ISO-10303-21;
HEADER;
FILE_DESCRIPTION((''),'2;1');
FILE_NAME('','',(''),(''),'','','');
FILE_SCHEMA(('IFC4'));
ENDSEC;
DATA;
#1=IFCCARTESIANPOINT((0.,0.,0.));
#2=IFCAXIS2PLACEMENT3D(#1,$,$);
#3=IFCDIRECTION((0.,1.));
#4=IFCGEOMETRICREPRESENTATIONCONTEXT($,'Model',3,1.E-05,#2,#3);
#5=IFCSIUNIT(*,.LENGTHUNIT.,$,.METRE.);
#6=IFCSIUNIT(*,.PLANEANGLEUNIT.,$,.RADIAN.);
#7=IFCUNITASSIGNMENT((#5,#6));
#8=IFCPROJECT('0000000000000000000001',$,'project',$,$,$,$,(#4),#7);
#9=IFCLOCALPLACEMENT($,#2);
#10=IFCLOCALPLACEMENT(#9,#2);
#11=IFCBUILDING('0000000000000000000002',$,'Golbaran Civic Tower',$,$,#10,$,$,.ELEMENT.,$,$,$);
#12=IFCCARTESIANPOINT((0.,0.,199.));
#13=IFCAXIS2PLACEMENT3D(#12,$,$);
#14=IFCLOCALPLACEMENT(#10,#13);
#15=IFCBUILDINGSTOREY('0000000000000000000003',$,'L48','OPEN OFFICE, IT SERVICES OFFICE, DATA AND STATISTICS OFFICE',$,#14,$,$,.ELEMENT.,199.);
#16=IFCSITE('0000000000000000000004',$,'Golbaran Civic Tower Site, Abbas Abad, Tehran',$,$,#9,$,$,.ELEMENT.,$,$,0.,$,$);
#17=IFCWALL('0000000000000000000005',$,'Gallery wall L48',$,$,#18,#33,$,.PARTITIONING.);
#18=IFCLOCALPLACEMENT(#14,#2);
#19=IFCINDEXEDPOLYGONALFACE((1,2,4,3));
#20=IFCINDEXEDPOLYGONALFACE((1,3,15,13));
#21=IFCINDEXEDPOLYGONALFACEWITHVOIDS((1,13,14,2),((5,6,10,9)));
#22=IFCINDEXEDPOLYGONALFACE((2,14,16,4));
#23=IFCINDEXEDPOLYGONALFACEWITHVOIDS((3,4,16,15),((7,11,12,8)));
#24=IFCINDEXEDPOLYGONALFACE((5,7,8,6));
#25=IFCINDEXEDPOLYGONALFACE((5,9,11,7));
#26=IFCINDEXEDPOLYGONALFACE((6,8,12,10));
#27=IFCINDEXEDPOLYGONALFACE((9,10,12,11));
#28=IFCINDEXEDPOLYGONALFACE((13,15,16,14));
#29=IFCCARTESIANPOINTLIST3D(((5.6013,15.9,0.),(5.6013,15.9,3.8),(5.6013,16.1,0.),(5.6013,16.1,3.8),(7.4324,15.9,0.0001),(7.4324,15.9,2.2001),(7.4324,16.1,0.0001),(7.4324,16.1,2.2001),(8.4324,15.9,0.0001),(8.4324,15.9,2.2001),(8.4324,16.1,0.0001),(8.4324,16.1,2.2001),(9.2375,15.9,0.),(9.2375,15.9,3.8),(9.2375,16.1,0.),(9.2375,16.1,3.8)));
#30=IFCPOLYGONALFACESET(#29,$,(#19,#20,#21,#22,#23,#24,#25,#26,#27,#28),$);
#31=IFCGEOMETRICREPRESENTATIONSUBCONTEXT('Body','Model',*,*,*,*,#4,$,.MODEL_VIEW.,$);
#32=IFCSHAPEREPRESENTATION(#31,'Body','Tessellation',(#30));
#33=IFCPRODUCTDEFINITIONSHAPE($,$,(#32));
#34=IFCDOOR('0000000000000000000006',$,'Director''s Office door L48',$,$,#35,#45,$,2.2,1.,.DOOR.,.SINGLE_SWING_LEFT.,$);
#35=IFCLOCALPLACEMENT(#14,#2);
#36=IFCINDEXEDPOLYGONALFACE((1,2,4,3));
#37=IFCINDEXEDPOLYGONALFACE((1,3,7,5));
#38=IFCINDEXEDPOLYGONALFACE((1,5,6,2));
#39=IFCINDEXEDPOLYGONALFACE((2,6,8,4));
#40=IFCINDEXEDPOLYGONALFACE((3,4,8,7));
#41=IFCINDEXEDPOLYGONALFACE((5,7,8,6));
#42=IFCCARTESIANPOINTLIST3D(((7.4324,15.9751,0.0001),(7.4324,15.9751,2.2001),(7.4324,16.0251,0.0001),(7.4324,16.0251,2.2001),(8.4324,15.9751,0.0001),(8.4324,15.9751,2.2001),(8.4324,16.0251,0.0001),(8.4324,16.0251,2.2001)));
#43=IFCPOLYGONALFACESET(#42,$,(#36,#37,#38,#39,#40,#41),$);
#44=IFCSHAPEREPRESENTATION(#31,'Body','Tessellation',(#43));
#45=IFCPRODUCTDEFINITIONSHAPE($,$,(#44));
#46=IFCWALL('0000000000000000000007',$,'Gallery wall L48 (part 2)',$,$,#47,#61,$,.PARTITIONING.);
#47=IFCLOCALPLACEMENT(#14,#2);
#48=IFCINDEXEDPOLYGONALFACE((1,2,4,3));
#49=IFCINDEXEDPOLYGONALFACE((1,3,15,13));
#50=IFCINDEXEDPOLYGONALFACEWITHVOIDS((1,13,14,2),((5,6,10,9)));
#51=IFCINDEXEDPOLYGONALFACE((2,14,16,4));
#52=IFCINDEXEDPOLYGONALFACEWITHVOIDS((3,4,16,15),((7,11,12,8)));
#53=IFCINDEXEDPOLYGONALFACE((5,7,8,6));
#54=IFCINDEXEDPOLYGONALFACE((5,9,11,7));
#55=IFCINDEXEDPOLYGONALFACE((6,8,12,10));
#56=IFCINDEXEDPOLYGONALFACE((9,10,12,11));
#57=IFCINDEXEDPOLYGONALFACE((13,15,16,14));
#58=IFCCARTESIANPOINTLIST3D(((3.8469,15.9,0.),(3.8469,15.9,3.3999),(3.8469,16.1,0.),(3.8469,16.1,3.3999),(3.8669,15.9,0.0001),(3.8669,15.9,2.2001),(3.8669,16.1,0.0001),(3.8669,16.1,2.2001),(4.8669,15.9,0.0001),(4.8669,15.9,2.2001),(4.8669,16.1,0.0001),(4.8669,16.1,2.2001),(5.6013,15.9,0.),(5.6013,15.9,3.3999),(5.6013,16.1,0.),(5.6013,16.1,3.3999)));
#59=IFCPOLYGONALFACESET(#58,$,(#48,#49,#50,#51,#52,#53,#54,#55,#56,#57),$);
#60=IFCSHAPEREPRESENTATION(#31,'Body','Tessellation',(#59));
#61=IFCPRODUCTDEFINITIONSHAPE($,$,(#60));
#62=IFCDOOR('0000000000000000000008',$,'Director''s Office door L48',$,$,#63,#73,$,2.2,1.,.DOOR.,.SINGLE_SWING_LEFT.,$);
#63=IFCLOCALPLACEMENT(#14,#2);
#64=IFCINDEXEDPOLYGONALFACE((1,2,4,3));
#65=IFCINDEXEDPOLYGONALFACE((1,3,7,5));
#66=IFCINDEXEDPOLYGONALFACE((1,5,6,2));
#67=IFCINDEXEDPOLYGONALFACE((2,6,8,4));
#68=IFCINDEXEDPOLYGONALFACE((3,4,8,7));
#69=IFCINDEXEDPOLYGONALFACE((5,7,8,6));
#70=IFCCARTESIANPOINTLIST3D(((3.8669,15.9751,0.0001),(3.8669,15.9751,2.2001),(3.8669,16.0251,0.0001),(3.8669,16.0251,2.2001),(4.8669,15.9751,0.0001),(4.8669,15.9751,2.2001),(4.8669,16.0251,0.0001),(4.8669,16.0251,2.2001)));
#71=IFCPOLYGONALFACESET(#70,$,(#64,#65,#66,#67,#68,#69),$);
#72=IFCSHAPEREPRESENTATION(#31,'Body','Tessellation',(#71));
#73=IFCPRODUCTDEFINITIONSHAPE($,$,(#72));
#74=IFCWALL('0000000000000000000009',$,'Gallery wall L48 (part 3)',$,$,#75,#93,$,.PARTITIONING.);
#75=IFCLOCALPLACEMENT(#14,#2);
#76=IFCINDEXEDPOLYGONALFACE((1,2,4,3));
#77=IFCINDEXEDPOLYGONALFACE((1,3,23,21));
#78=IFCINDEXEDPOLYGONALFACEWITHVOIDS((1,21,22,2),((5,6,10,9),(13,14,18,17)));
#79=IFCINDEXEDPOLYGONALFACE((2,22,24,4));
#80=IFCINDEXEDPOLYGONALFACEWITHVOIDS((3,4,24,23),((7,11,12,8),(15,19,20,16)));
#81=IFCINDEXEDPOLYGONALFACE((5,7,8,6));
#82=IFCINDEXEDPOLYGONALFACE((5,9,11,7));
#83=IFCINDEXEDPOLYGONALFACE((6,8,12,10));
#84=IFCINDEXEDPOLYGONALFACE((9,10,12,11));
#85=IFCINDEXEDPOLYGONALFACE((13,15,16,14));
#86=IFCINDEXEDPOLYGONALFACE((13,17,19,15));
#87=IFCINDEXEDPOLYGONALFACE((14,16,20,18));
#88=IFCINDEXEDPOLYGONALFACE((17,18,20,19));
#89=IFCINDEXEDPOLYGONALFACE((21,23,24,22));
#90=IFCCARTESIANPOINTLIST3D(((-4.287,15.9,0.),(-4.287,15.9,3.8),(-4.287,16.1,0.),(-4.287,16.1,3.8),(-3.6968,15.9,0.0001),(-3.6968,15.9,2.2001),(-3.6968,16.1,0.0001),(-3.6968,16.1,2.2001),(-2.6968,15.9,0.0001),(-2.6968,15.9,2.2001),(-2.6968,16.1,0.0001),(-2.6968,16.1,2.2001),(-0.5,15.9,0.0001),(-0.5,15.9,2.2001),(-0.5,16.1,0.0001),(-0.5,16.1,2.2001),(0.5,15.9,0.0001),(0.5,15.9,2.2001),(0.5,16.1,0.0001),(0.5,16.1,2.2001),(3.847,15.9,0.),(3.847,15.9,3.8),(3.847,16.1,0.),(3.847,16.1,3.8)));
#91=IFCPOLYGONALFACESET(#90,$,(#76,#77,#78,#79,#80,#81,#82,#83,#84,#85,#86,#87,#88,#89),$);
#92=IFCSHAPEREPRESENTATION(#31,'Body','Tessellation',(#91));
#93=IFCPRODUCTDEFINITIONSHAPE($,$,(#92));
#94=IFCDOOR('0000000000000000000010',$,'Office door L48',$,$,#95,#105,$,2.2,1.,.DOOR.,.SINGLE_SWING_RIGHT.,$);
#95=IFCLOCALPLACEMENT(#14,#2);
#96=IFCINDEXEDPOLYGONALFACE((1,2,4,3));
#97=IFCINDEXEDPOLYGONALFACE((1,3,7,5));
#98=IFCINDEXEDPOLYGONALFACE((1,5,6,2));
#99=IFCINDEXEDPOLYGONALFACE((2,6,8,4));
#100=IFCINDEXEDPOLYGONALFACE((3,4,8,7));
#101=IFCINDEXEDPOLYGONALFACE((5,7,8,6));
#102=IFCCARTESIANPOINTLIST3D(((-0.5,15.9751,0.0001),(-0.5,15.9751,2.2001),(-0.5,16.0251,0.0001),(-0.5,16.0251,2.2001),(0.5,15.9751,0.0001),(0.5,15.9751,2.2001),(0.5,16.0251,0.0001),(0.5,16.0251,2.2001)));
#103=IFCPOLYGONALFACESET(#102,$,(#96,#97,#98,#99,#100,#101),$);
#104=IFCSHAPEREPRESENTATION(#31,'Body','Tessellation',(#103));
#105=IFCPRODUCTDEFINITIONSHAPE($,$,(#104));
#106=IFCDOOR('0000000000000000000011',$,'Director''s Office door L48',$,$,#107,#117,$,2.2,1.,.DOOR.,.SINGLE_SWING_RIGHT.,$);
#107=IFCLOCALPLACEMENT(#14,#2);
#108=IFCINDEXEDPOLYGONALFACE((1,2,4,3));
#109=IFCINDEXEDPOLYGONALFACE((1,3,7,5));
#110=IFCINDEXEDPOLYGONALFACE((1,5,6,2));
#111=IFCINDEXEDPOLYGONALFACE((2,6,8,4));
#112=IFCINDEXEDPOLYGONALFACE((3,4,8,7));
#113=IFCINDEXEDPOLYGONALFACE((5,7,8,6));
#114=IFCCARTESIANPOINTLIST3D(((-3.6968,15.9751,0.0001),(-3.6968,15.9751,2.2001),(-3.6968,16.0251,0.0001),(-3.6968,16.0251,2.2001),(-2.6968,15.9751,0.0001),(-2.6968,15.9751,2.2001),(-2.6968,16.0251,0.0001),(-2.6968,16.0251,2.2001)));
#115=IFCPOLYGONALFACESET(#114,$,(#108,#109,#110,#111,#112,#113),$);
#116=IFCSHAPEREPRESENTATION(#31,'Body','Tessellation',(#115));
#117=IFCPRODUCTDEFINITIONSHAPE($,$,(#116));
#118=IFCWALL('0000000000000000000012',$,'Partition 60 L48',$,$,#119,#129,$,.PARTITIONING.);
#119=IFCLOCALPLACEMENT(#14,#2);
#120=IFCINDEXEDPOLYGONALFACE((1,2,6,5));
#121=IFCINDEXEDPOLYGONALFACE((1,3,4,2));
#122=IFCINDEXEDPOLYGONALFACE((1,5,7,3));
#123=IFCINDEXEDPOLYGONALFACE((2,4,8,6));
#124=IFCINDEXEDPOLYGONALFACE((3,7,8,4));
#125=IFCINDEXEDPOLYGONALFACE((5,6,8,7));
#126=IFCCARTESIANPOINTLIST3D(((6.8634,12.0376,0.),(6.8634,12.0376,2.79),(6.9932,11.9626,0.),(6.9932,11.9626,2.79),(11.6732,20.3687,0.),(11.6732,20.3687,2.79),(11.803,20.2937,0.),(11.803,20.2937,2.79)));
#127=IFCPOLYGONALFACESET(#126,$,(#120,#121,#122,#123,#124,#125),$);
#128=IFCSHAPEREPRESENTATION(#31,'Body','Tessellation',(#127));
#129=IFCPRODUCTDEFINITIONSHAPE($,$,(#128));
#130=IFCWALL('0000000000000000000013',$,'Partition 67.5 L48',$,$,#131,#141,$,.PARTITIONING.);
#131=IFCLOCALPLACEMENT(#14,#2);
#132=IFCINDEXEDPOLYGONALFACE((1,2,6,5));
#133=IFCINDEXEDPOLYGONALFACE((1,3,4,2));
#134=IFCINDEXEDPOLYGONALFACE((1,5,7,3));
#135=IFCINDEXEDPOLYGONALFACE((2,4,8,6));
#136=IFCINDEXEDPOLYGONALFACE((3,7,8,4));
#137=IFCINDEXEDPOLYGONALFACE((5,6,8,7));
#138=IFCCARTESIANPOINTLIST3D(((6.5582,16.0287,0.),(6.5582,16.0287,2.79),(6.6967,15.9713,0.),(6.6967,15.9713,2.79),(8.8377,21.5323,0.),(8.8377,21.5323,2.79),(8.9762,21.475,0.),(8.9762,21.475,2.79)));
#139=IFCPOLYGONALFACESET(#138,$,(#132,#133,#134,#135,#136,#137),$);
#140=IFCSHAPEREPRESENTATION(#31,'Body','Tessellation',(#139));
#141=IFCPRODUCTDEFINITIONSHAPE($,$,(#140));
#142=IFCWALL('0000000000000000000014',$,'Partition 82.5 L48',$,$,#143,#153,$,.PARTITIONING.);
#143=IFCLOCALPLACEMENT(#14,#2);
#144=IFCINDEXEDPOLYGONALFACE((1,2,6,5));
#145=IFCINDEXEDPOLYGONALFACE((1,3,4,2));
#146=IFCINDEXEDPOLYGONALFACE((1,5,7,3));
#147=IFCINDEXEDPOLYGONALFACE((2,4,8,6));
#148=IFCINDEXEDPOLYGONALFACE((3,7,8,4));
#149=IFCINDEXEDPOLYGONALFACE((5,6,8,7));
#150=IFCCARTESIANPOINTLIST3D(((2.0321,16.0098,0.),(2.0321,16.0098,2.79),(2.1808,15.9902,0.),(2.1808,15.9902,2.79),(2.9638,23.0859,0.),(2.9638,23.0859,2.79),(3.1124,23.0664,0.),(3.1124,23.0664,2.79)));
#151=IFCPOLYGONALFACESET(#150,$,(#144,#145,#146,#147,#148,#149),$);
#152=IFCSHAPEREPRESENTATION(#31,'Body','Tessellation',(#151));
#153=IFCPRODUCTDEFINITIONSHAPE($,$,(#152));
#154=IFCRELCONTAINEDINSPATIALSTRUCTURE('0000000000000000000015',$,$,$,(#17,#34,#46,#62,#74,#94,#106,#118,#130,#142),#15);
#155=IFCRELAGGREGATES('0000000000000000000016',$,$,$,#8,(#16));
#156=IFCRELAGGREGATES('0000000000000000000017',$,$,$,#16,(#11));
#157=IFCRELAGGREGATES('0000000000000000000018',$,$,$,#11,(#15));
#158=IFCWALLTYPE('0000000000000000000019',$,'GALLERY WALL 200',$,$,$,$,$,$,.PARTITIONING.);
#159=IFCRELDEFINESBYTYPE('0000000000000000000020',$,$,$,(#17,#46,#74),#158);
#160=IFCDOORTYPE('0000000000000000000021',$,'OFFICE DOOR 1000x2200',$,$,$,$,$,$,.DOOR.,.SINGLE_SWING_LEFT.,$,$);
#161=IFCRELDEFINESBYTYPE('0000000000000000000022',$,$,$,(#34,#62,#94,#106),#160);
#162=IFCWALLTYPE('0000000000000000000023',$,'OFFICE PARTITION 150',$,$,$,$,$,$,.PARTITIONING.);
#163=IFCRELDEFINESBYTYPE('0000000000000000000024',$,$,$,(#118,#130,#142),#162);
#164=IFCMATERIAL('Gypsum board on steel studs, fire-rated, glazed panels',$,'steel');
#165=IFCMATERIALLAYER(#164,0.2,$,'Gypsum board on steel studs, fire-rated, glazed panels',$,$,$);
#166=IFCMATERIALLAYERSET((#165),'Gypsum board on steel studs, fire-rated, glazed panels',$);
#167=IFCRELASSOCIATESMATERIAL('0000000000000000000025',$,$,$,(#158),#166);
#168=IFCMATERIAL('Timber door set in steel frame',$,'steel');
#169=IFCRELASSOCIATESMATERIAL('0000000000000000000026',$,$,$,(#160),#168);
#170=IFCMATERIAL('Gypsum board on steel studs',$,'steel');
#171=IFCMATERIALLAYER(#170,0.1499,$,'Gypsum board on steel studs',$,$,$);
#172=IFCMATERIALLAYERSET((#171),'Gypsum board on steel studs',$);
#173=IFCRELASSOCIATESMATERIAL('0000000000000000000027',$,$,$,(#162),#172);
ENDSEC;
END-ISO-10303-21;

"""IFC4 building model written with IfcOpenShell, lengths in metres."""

from ifc_helpers import new_model, si_unit, direction, frame, frame_2d, origin, place, context, subcontext, project, spatial, rectangle, extrude, material, layer, layer_set, type_object, element, fill, save


model = new_model("IFC4")

# Units and contexts
model_context = context("Model", 3, precision=1e-05, world=origin(), true_north=direction((0.0, 1.0)))
body_context = subcontext(model_context, "Body", "Model", "MODEL_VIEW")
ifc_project = project(units=[si_unit("LENGTHUNIT", "METRE"), si_unit("PLANEANGLEUNIT", "RADIAN")], contexts=[model_context])

# Site, building, storey
site_placement = place(None, origin())
site = spatial("IfcSite", under=ifc_project, at=site_placement, Name="Golbaran Civic Tower Site, Abbas Abad, Tehran", CompositionType="ELEMENT", RefElevation=0.0)
building_placement = place(site_placement, origin())
building = spatial("IfcBuilding", under=site, at=building_placement, Name="Golbaran Civic Tower", CompositionType="ELEMENT")
storey_placement = place(building_placement, frame((0.0, 0.0, 199.0)))
storey = spatial("IfcBuildingStorey", under=building, at=storey_placement, Name="L48", Description="OPEN OFFICE, IT SERVICES OFFICE, DATA AND STATISTICS OFFICE", CompositionType="ELEMENT", Elevation=199.0)

# Walls, openings, doors
ifc_material_1 = material(Name="Timber door set in steel frame", Category="steel")
ifc_material_2 = material(Name="Gypsum board on steel studs, fire-rated, glazed panels", Category="steel")
ifc_layer_1 = layer(ifc_material_2, 0.2, Name="Gypsum board on steel studs, fire-rated, glazed panels")
ifc_layer_set_1 = layer_set([ifc_layer_1], Name="Gypsum board on steel studs, fire-rated, glazed panels")
wall_type_1 = type_object("IfcWallType", Name="GALLERY WALL 200", PredefinedType="PARTITIONING", material=ifc_layer_set_1)
wall_1_placement = place(storey_placement, frame((9.2375, 16.0, 0.0), z_axis=(0.0, 0.0, 1.0), x_axis=(-1.0, 0.0, 0.0)))
wall_1 = element("IfcWall", 1, at=wall_1_placement, inside=storey, type_object=wall_type_1, Name="Gallery wall L48", PredefinedType="PARTITIONING", context=body_context, shape_type="SweptSolid", body=[
    extrude(rectangle(XDim=3.6362, YDim=0.2, at=frame_2d((1.8181, 0.0))), origin(), (0.0, 0.0, 1.0), 3.8),
])
opening_1_placement = place(wall_1_placement, frame((0.8052, 0.0, 0.0)))
opening_1 = element("IfcOpeningElement", 2, at=opening_1_placement, cuts=wall_1, PredefinedType="OPENING", context=body_context, shape_type="SweptSolid", body=[
    extrude(rectangle(XDim=1.0, YDim=2.2, at=frame_2d((0.5, 1.1001))), frame((0.0, 0.1099, 0.0), z_axis=(0.0, -1.0, 0.0), x_axis=(1.0, 0.0, 0.0)), (0.0, 0.0, 1.0), 0.22),
])
door_type_1 = type_object("IfcDoorType", Name="OFFICE DOOR 1000x2200", OperationType="SINGLE_SWING_LEFT", PredefinedType="DOOR", material=ifc_material_1)
door_1_placement = place(opening_1_placement, origin())
door_1 = element("IfcDoor", 3, at=door_1_placement, inside=storey, type_object=door_type_1, Name="Director's Office door L48", OperationType="SINGLE_SWING_LEFT", OverallHeight=2.2, OverallWidth=1.0, PredefinedType="DOOR", context=body_context, shape_type="SweptSolid", body=[
    extrude(rectangle(XDim=1.0, YDim=2.2, at=frame_2d((0.5, 1.1001))), frame((0.0, 0.0249, 0.0), z_axis=(0.0, -1.0, 0.0), x_axis=(1.0, 0.0, 0.0)), (0.0, 0.0, 1.0), 0.05),
])
fill(opening_1, door_1)
wall_2_placement = place(storey_placement, frame((5.6013, 16.0, 0.0), z_axis=(0.0, 0.0, 1.0), x_axis=(-1.0, 0.0, 0.0)))
wall_2 = element("IfcWall", 4, at=wall_2_placement, inside=storey, type_object=wall_type_1, Name="Gallery wall L48 (part 2)", PredefinedType="PARTITIONING", context=body_context, shape_type="SweptSolid", body=[
    extrude(rectangle(XDim=1.7544, YDim=0.2, at=frame_2d((0.8772, 0.0))), origin(), (0.0, 0.0, 1.0), 3.3999),
])
opening_2_placement = place(wall_2_placement, frame((0.7344, 0.0, 0.0)))
opening_2 = element("IfcOpeningElement", 5, at=opening_2_placement, cuts=wall_2, PredefinedType="OPENING", context=body_context, shape_type="SweptSolid", body=[
    extrude(rectangle(XDim=1.0, YDim=2.2, at=frame_2d((0.5, 1.1001))), frame((0.0, 0.1099, 0.0), z_axis=(0.0, -1.0, 0.0), x_axis=(1.0, 0.0, 0.0)), (0.0, 0.0, 1.0), 0.22),
])
door_2_placement = place(opening_2_placement, origin())
door_2 = element("IfcDoor", 6, at=door_2_placement, inside=storey, type_object=door_type_1, Name="Director's Office door L48", OperationType="SINGLE_SWING_LEFT", OverallHeight=2.2, OverallWidth=1.0, PredefinedType="DOOR", context=body_context, shape_type="SweptSolid", body=[
    extrude(rectangle(XDim=1.0, YDim=2.2, at=frame_2d((0.5, 1.1001))), frame((0.0, 0.0249, 0.0), z_axis=(0.0, -1.0, 0.0), x_axis=(1.0, 0.0, 0.0)), (0.0, 0.0, 1.0), 0.05),
])
fill(opening_2, door_2)

# Wall, openings, doors
wall_3_placement = place(storey_placement, frame((3.8469, 16.0, 0.0), z_axis=(0.0, 0.0, 1.0), x_axis=(-1.0, 0.0, 0.0)))
wall_3 = element("IfcWall", 7, at=wall_3_placement, inside=storey, type_object=wall_type_1, Name="Gallery wall L48 (part 3)", PredefinedType="PARTITIONING", context=body_context, shape_type="SweptSolid", body=[
    extrude(rectangle(XDim=8.134, YDim=0.2, at=frame_2d((4.0669, 0.0))), origin(), (0.0, 0.0, 1.0), 3.8),
])
opening_3_placement = place(wall_3_placement, frame((3.3469, 0.0, 0.0)))
opening_3 = element("IfcOpeningElement", 8, at=opening_3_placement, cuts=wall_3, PredefinedType="OPENING", context=body_context, shape_type="SweptSolid", body=[
    extrude(rectangle(XDim=1.0, YDim=2.2, at=frame_2d((0.5, 1.1001))), frame((0.0, 0.1099, 0.0), z_axis=(0.0, -1.0, 0.0), x_axis=(1.0, 0.0, 0.0)), (0.0, 0.0, 1.0), 0.22),
])
opening_4_placement = place(wall_3_placement, frame((6.5437, 0.0, 0.0)))
opening_4 = element("IfcOpeningElement", 9, at=opening_4_placement, cuts=wall_3, PredefinedType="OPENING", context=body_context, shape_type="SweptSolid", body=[
    extrude(rectangle(XDim=1.0, YDim=2.2, at=frame_2d((0.5, 1.1001))), frame((0.0, 0.1099, 0.0), z_axis=(0.0, -1.0, 0.0), x_axis=(1.0, 0.0, 0.0)), (0.0, 0.0, 1.0), 0.22),
])
door_3_placement = place(opening_3_placement, origin())
door_3 = element("IfcDoor", 10, at=door_3_placement, inside=storey, type_object=door_type_1, Name="Office door L48", OperationType="SINGLE_SWING_RIGHT", OverallHeight=2.2, OverallWidth=1.0, PredefinedType="DOOR", context=body_context, shape_type="SweptSolid", body=[
    extrude(rectangle(XDim=1.0, YDim=2.2, at=frame_2d((0.5, 1.1001))), frame((0.0, 0.0249, 0.0), z_axis=(0.0, -1.0, 0.0), x_axis=(1.0, 0.0, 0.0)), (0.0, 0.0, 1.0), 0.05),
])
fill(opening_3, door_3)
door_4_placement = place(opening_4_placement, origin())
door_4 = element("IfcDoor", 11, at=door_4_placement, inside=storey, type_object=door_type_1, Name="Director's Office door L48", OperationType="SINGLE_SWING_RIGHT", OverallHeight=2.2, OverallWidth=1.0, PredefinedType="DOOR", context=body_context, shape_type="SweptSolid", body=[
    extrude(rectangle(XDim=1.0, YDim=2.2, at=frame_2d((0.5, 1.1001))), frame((0.0, 0.0249, 0.0), z_axis=(0.0, -1.0, 0.0), x_axis=(1.0, 0.0, 0.0)), (0.0, 0.0, 1.0), 0.05),
])
fill(opening_4, door_4)

# Walls
ifc_material_3 = material(Name="Gypsum board on steel studs", Category="steel")
ifc_layer_2 = layer(ifc_material_3, 0.1499, Name="Gypsum board on steel studs")
ifc_layer_set_2 = layer_set([ifc_layer_2], Name="Gypsum board on steel studs")
wall_type_2 = type_object("IfcWallType", Name="OFFICE PARTITION 150", PredefinedType="PARTITIONING", material=ifc_layer_set_2)
wall_4_placement = place(storey_placement, frame((6.9282, 12.0, 0.0), z_axis=(0.0, 0.0, 1.0), x_axis=(0.49999, 0.866031, 0.0)))
element("IfcWall", 12, at=wall_4_placement, inside=storey, type_object=wall_type_2, Name="Partition 60 L48", PredefinedType="PARTITIONING", context=body_context, shape_type="SweptSolid", body=[
    extrude(rectangle(XDim=9.6199, YDim=0.1499, at=frame_2d((4.8101, 0.0))), origin(), (0.0, 0.0, 1.0), 2.79),
])
wall_5_placement = place(storey_placement, frame((6.6274, 16.0, 0.0), z_axis=(0.0, 0.0, 1.0), x_axis=(0.382662, 0.923888, 0.0)))
element("IfcWall", 13, at=wall_5_placement, inside=storey, type_object=wall_type_2, Name="Partition 67.5 L48", PredefinedType="PARTITIONING", context=body_context, shape_type="SweptSolid", body=[
    extrude(rectangle(XDim=5.957, YDim=0.1499, at=frame_2d((2.9785, 0.0))), origin(), (0.0, 0.0, 1.0), 2.79),
])
wall_6_placement = place(storey_placement, frame((2.1064, 16.0, 0.0), z_axis=(0.0, 0.0, 1.0), x_axis=(0.130532, 0.991444, 0.0)))
element("IfcWall", 14, at=wall_6_placement, inside=storey, type_object=wall_type_2, Name="Partition 82.5 L48", PredefinedType="PARTITIONING", context=body_context, shape_type="SweptSolid", body=[
    extrude(rectangle(XDim=7.1372, YDim=0.1499, at=frame_2d((3.5686, 0.0))), origin(), (0.0, 0.0, 1.0), 2.79),
])

save(model, "model.ifc")
